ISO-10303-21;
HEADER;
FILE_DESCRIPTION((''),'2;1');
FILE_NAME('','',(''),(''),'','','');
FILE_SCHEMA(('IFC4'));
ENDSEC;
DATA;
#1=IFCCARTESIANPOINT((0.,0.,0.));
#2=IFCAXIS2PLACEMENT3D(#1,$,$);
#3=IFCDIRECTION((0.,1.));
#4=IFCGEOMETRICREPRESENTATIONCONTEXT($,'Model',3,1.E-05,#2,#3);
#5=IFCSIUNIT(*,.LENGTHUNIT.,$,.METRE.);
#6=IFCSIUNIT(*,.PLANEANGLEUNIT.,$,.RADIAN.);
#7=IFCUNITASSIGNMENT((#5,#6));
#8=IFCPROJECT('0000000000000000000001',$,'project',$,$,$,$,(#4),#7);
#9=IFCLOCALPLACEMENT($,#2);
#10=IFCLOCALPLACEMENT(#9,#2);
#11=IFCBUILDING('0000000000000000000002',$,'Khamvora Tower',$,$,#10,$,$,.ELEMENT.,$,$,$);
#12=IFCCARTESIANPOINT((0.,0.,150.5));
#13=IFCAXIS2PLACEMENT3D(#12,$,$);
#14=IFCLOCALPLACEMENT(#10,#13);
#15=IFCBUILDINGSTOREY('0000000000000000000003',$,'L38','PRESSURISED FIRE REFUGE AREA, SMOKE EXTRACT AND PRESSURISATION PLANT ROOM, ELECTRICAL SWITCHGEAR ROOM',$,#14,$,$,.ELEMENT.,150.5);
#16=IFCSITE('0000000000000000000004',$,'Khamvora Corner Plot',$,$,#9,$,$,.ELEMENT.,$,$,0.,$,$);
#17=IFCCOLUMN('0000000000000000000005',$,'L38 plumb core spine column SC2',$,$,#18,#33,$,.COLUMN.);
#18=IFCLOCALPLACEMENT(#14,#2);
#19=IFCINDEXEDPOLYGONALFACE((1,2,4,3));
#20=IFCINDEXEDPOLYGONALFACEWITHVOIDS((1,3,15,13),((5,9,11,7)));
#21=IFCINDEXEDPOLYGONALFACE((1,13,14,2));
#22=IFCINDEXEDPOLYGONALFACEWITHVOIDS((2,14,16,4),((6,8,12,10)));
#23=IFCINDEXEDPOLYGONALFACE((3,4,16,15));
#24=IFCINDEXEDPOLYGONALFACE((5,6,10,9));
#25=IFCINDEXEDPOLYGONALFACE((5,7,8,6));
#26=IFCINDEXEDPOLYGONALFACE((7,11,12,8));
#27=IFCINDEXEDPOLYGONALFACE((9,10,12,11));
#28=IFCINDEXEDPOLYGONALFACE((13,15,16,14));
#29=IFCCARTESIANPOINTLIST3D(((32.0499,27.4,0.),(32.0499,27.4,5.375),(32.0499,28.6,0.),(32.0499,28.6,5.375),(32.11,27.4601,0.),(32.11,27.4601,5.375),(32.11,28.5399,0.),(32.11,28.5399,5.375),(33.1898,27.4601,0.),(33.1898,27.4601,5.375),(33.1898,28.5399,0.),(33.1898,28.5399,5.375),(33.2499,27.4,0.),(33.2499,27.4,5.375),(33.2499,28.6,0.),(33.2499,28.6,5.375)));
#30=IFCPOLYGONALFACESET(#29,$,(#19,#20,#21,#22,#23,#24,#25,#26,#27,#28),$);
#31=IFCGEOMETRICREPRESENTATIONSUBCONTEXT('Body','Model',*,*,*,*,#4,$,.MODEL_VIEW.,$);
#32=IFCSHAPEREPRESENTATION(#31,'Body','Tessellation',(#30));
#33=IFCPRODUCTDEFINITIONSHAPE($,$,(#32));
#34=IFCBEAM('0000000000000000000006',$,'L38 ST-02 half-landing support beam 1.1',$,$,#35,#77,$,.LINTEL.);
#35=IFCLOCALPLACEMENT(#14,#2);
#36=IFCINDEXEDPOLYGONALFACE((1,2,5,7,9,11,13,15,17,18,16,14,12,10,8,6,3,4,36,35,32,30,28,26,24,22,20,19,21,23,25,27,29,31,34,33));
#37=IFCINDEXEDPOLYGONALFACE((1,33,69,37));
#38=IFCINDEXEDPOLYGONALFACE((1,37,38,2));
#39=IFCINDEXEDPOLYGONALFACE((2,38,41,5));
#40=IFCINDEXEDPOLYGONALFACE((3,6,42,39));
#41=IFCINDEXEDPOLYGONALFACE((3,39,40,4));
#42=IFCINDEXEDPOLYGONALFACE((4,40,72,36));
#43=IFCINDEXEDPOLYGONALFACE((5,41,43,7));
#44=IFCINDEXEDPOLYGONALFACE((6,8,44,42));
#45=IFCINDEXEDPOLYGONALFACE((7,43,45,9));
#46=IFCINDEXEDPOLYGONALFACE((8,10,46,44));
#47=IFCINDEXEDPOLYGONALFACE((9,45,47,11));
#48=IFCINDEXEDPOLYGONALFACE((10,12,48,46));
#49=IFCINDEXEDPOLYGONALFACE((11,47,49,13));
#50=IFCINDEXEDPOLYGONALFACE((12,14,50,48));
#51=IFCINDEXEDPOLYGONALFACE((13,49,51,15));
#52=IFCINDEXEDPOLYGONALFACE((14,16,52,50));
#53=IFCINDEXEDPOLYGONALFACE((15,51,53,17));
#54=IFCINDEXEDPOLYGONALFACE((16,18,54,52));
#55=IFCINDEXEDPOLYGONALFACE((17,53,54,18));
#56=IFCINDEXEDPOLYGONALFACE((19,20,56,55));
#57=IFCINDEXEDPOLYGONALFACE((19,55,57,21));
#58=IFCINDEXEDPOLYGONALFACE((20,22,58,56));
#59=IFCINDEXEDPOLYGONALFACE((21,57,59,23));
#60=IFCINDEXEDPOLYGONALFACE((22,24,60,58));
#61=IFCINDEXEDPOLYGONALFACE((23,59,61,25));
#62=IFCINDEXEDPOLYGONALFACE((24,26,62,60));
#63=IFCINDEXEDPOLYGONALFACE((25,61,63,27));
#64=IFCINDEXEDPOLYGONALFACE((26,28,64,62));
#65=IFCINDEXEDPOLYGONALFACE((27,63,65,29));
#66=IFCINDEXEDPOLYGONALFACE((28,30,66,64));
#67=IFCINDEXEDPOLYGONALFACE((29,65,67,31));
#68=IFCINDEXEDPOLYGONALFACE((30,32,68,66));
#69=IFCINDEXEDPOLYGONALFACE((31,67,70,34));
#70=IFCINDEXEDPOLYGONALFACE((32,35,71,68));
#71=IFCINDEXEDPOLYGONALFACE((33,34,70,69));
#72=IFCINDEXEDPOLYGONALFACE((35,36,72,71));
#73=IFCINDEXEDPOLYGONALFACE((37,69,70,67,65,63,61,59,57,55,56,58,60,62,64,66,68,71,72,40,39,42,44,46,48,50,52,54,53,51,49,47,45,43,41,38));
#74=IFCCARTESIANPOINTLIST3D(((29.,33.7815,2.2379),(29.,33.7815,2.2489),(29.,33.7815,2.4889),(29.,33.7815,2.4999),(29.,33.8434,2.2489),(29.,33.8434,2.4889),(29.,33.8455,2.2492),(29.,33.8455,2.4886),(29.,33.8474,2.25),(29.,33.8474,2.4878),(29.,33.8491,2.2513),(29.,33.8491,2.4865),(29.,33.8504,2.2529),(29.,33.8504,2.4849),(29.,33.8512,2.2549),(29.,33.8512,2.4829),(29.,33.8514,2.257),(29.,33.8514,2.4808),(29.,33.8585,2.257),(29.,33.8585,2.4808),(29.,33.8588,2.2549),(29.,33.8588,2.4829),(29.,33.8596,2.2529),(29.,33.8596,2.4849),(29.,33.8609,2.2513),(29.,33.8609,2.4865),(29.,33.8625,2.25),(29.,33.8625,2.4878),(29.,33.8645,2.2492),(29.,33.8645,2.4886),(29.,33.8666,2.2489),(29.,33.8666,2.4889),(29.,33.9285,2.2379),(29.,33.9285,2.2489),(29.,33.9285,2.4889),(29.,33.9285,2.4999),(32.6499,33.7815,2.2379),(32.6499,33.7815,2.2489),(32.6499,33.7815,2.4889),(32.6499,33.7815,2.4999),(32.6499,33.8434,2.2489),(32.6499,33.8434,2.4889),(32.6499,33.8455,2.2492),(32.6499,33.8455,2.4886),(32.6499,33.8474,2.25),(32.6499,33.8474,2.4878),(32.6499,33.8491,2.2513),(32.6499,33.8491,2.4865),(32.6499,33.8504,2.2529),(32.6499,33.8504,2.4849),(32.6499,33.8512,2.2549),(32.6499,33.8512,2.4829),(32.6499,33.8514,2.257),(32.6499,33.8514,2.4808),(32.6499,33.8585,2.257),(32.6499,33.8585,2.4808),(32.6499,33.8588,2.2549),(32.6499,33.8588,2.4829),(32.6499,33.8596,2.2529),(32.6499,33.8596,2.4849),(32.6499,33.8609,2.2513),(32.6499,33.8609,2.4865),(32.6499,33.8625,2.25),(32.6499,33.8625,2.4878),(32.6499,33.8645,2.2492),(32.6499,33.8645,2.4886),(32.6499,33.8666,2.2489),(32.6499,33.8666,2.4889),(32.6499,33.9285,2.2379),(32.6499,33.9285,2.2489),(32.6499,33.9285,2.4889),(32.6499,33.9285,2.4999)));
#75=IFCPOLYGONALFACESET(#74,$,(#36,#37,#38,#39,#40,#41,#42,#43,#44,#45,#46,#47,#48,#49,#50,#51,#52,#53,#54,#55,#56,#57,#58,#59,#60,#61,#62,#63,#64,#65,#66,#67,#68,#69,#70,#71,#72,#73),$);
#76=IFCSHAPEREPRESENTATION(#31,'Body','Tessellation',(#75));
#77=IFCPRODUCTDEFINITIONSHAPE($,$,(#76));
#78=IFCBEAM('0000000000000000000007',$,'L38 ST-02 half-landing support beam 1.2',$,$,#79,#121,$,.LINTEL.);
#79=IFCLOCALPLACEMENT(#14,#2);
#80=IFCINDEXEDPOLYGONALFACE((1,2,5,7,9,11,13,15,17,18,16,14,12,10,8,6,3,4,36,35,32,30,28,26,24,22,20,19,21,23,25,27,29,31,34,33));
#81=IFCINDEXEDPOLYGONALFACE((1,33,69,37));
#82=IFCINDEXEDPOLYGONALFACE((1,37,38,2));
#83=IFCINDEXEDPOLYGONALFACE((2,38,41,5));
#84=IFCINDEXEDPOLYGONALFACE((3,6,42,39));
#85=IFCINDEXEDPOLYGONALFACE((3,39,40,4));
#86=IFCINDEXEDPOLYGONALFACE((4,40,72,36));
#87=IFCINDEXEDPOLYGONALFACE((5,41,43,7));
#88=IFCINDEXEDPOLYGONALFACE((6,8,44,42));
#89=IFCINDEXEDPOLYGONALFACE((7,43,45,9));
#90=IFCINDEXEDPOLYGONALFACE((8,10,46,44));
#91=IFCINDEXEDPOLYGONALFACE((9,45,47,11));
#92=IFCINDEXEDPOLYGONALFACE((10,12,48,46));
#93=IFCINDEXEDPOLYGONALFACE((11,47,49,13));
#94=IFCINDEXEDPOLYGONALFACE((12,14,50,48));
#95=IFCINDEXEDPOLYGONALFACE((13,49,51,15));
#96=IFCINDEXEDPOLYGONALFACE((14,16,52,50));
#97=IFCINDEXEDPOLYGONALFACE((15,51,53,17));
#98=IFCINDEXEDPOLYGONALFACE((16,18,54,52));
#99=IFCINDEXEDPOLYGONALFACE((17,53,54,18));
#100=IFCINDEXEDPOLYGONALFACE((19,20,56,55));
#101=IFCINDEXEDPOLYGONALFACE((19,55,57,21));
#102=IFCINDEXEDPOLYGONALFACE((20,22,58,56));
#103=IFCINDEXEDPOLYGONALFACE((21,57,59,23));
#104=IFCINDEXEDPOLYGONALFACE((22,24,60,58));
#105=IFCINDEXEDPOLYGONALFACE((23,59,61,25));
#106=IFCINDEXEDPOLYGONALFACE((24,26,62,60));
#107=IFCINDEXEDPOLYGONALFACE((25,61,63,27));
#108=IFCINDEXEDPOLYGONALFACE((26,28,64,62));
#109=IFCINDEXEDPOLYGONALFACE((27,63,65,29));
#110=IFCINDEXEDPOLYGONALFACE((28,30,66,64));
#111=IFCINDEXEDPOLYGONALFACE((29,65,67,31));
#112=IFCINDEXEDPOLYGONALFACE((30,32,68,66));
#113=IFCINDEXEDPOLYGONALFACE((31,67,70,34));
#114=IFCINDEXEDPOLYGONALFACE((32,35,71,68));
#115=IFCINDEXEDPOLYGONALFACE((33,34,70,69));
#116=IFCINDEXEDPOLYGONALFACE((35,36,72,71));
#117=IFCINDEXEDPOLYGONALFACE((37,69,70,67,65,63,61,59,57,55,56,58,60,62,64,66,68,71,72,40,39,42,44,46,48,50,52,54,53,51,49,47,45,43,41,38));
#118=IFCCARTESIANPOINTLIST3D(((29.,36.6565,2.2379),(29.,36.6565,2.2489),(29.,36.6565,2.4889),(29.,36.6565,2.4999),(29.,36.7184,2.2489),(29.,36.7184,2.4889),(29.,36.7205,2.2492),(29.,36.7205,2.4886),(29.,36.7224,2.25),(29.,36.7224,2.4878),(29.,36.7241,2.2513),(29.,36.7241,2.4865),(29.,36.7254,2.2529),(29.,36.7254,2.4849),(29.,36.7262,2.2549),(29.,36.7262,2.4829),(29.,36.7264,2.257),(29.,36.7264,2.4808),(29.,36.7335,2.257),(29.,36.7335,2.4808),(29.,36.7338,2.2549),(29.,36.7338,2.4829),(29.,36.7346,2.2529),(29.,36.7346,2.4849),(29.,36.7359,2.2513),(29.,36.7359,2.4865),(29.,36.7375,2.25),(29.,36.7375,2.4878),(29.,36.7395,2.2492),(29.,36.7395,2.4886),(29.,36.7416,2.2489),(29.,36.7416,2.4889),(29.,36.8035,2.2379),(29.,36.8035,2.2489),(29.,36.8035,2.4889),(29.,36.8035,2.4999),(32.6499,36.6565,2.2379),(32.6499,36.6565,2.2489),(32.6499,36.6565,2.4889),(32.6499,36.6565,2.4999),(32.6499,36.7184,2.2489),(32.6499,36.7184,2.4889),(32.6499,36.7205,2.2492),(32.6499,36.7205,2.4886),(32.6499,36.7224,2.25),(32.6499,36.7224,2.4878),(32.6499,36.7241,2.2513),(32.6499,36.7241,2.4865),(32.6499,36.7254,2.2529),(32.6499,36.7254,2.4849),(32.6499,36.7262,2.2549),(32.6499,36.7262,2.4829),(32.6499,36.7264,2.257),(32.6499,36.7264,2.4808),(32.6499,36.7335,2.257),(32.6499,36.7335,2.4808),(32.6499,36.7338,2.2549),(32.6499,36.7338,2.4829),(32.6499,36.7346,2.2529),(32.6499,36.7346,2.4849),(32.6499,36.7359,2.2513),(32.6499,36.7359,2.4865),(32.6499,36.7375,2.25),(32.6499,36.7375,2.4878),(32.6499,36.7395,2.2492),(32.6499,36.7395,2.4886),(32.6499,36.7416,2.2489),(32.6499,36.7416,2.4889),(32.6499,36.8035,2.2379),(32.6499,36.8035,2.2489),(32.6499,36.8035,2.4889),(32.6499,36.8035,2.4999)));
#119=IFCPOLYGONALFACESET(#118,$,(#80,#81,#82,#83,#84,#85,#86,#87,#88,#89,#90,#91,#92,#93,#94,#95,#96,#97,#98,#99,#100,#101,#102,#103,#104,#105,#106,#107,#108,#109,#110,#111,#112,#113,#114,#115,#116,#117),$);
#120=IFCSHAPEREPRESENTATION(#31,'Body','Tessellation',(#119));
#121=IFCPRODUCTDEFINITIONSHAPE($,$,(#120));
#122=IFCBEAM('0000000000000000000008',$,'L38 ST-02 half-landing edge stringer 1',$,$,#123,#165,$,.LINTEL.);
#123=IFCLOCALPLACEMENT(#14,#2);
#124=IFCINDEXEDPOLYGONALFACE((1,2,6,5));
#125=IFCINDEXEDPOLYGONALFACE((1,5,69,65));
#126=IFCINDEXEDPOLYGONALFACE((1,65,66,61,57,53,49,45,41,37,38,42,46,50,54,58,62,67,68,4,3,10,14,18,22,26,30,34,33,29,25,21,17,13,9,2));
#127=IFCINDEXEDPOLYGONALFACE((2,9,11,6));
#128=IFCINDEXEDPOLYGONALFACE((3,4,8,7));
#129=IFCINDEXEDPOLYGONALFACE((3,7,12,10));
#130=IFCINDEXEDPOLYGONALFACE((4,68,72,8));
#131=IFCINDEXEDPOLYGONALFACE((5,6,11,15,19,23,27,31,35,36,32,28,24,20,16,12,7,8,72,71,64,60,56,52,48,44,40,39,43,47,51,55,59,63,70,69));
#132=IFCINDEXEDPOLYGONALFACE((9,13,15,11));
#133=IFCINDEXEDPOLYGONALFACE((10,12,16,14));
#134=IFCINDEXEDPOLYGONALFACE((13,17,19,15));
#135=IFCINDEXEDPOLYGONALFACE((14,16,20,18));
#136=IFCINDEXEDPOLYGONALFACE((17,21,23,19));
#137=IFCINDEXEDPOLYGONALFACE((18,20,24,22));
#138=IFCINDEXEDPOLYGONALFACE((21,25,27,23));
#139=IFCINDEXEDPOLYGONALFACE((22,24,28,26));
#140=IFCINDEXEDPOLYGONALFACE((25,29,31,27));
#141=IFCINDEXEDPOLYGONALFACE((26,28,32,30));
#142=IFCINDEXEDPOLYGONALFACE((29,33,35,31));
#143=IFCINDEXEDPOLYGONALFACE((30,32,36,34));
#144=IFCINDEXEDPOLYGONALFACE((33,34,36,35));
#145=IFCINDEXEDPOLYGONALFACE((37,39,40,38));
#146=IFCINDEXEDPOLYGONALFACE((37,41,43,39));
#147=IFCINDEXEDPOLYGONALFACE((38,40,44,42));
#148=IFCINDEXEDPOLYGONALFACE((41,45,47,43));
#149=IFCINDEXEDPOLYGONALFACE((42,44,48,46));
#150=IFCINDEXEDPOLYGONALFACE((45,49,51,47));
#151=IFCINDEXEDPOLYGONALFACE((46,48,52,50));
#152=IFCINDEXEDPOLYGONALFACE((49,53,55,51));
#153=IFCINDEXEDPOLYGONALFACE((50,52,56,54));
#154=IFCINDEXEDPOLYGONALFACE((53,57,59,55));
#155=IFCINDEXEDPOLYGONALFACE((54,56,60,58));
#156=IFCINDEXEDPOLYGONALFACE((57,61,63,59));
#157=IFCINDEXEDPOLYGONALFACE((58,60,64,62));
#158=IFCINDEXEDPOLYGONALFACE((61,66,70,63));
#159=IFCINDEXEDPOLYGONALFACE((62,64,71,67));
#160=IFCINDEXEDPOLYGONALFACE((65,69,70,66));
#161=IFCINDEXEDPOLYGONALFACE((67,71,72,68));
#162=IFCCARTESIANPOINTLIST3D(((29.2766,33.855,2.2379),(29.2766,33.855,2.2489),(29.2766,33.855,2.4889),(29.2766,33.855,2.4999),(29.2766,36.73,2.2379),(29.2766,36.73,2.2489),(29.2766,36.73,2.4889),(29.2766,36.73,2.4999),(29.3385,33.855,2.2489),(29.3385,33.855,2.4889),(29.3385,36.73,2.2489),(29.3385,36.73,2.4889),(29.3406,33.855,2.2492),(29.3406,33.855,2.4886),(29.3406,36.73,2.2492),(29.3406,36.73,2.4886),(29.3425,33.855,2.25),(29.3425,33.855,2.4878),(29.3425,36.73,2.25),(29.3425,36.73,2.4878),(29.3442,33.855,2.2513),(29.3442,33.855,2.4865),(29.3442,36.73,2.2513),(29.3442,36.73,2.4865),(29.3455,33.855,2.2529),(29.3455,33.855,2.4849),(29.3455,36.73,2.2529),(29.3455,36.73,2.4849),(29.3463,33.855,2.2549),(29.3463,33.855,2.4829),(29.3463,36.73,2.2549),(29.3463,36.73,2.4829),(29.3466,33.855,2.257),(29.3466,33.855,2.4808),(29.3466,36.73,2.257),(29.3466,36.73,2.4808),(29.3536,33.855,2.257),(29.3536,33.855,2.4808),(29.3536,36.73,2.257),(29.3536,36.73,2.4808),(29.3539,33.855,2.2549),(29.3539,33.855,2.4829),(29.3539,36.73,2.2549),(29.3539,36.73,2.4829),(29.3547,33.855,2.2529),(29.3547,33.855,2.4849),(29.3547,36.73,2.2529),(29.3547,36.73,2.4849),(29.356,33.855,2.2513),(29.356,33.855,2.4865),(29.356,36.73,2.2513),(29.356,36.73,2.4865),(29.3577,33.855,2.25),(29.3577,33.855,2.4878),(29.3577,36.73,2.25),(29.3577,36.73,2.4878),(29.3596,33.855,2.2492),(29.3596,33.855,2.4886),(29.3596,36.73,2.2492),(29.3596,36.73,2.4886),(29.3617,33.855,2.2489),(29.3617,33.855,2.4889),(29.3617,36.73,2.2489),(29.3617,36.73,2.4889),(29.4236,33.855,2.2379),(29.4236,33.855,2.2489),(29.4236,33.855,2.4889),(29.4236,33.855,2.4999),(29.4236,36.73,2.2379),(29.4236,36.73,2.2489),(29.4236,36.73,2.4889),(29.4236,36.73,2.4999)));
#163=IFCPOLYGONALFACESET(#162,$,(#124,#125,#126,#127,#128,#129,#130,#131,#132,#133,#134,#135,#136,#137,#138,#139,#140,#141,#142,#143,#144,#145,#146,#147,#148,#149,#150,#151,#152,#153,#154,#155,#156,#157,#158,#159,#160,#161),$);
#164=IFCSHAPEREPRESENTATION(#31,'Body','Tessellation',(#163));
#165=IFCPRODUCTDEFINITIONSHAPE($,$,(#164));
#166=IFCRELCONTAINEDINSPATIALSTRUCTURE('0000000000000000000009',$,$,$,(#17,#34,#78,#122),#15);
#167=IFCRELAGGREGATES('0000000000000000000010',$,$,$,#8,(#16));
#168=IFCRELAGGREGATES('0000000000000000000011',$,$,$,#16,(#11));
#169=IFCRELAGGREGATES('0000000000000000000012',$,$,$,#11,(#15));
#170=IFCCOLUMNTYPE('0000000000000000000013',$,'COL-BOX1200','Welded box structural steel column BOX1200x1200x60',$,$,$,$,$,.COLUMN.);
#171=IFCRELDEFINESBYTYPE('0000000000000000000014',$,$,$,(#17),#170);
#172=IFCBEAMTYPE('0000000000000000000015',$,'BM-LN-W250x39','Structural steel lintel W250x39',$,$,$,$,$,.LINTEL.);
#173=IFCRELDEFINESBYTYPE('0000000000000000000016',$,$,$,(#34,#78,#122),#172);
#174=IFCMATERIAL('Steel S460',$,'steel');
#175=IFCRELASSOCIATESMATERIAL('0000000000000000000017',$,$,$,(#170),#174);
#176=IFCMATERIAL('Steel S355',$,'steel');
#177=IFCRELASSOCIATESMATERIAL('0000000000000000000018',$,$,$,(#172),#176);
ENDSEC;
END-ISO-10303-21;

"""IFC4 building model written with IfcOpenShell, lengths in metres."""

from ifc_helpers import new_model, si_unit, direction, frame, origin, origin_2d, place, context, subcontext, project, spatial, hollow_rectangle, i_section, extrude, material, material_profile, profile_set, type_object, element, save


model = new_model("IFC4")

# Units and contexts
model_context = context("Model", 3, precision=1e-05, world=origin(), true_north=direction((0.0, 1.0)))
body_context = subcontext(model_context, "Body", "Model", "MODEL_VIEW")
ifc_project = project(units=[si_unit("LENGTHUNIT", "METRE"), si_unit("PLANEANGLEUNIT", "RADIAN")], contexts=[model_context])

# Site, building, storey
site_placement = place(None, origin())
site = spatial("IfcSite", under=ifc_project, at=site_placement, Name="Khamvora Corner Plot", CompositionType="ELEMENT", RefElevation=0.0)
building_placement = place(site_placement, origin())
building = spatial("IfcBuilding", under=site, at=building_placement, Name="Khamvora Tower", CompositionType="ELEMENT")
storey_placement = place(building_placement, frame((0.0, 0.0, 150.5)))
storey = spatial("IfcBuildingStorey", under=building, at=storey_placement, Name="L38", Description="PRESSURISED FIRE REFUGE AREA, SMOKE EXTRACT AND PRESSURISATION PLANT ROOM, ELECTRICAL SWITCHGEAR ROOM", CompositionType="ELEMENT", Elevation=150.5)

# Column
ifc_material_1 = material(Name="Steel S460", Category="steel")
ifc_material_profile_1 = material_profile(ifc_material_1, hollow_rectangle(XDim=1.2, YDim=1.2, WallThickness=0.0601, at=origin_2d()), Name="BOX1200x1200x60")
ifc_profile_set_1 = profile_set([ifc_material_profile_1], Name="Steel S460")
column_type = type_object("IfcColumnType", Name="COL-BOX1200", Description="Welded box structural steel column BOX1200x1200x60", PredefinedType="COLUMN", material=ifc_profile_set_1)
column_placement = place(storey_placement, frame((32.6499, 28.0, 0.0), z_axis=(0.0, 0.0, 1.0), x_axis=(1.0, 0.0, 0.0)))
element("IfcColumn", 1, at=column_placement, inside=storey, type_object=column_type, Name="L38 plumb core spine column SC2", PredefinedType="COLUMN", context=body_context, shape_type="SweptSolid", body=[
    extrude(hollow_rectangle(XDim=1.2, YDim=1.2, WallThickness=0.0601, at=origin_2d()), origin(), (0.0, 0.0, 1.0), 5.375),
])

# Beams
ifc_material_2 = material(Name="Steel S355", Category="steel")
ifc_material_profile_2 = material_profile(ifc_material_2, i_section(OverallWidth=0.147, OverallDepth=0.262, WebThickness=0.0071, FlangeThickness=0.011, FilletRadius=0.0081, at=origin_2d()), Name="W250x39")
ifc_profile_set_2 = profile_set([ifc_material_profile_2], Name="Steel S355")
beam_type_1 = type_object("IfcBeamType", Name="BM-LN-W250x39", Description="Structural steel lintel W250x39", PredefinedType="LINTEL", material=ifc_profile_set_2)
for number, where, z_axis, x_axis, name in (
    (2, (29.0, 33.855, 2.3689), (1.0, 0.0, 0.0), (0.0, 1.0, 0.0), "L38 ST-02 half-landing support beam 1.1"),
    (3, (29.0, 36.73, 2.3689), (1.0, 0.0, 0.0), (0.0, 1.0, 0.0), "L38 ST-02 half-landing support beam 1.2"),
):
    element("IfcBeam", number, at=place(storey_placement, frame(where, z_axis=z_axis, x_axis=x_axis)), inside=storey, type_object=beam_type_1, Name=name, PredefinedType="LINTEL", context=body_context, shape_type="SweptSolid", body=[
        extrude(i_section(OverallWidth=0.147, OverallDepth=0.262, WebThickness=0.0071, FlangeThickness=0.011, FilletRadius=0.0081, at=origin_2d()), origin(), (0.0, 0.0, 1.0), 3.6499),
    ])
beam_1_placement = place(storey_placement, frame((29.3501, 33.855, 2.3689), z_axis=(0.0, 1.0, 0.0), x_axis=(-1.0, 0.0, 0.0)))
element("IfcBeam", 4, at=beam_1_placement, inside=storey, type_object=beam_type_1, Name="L38 ST-02 half-landing edge stringer 1", PredefinedType="LINTEL", context=body_context, shape_type="SweptSolid", body=[
    extrude(i_section(OverallWidth=0.147, OverallDepth=0.262, WebThickness=0.0071, FlangeThickness=0.011, FilletRadius=0.0081, at=origin_2d()), origin(), (0.0, 0.0, 1.0), 2.875),
])

save(model, "model.ifc")
